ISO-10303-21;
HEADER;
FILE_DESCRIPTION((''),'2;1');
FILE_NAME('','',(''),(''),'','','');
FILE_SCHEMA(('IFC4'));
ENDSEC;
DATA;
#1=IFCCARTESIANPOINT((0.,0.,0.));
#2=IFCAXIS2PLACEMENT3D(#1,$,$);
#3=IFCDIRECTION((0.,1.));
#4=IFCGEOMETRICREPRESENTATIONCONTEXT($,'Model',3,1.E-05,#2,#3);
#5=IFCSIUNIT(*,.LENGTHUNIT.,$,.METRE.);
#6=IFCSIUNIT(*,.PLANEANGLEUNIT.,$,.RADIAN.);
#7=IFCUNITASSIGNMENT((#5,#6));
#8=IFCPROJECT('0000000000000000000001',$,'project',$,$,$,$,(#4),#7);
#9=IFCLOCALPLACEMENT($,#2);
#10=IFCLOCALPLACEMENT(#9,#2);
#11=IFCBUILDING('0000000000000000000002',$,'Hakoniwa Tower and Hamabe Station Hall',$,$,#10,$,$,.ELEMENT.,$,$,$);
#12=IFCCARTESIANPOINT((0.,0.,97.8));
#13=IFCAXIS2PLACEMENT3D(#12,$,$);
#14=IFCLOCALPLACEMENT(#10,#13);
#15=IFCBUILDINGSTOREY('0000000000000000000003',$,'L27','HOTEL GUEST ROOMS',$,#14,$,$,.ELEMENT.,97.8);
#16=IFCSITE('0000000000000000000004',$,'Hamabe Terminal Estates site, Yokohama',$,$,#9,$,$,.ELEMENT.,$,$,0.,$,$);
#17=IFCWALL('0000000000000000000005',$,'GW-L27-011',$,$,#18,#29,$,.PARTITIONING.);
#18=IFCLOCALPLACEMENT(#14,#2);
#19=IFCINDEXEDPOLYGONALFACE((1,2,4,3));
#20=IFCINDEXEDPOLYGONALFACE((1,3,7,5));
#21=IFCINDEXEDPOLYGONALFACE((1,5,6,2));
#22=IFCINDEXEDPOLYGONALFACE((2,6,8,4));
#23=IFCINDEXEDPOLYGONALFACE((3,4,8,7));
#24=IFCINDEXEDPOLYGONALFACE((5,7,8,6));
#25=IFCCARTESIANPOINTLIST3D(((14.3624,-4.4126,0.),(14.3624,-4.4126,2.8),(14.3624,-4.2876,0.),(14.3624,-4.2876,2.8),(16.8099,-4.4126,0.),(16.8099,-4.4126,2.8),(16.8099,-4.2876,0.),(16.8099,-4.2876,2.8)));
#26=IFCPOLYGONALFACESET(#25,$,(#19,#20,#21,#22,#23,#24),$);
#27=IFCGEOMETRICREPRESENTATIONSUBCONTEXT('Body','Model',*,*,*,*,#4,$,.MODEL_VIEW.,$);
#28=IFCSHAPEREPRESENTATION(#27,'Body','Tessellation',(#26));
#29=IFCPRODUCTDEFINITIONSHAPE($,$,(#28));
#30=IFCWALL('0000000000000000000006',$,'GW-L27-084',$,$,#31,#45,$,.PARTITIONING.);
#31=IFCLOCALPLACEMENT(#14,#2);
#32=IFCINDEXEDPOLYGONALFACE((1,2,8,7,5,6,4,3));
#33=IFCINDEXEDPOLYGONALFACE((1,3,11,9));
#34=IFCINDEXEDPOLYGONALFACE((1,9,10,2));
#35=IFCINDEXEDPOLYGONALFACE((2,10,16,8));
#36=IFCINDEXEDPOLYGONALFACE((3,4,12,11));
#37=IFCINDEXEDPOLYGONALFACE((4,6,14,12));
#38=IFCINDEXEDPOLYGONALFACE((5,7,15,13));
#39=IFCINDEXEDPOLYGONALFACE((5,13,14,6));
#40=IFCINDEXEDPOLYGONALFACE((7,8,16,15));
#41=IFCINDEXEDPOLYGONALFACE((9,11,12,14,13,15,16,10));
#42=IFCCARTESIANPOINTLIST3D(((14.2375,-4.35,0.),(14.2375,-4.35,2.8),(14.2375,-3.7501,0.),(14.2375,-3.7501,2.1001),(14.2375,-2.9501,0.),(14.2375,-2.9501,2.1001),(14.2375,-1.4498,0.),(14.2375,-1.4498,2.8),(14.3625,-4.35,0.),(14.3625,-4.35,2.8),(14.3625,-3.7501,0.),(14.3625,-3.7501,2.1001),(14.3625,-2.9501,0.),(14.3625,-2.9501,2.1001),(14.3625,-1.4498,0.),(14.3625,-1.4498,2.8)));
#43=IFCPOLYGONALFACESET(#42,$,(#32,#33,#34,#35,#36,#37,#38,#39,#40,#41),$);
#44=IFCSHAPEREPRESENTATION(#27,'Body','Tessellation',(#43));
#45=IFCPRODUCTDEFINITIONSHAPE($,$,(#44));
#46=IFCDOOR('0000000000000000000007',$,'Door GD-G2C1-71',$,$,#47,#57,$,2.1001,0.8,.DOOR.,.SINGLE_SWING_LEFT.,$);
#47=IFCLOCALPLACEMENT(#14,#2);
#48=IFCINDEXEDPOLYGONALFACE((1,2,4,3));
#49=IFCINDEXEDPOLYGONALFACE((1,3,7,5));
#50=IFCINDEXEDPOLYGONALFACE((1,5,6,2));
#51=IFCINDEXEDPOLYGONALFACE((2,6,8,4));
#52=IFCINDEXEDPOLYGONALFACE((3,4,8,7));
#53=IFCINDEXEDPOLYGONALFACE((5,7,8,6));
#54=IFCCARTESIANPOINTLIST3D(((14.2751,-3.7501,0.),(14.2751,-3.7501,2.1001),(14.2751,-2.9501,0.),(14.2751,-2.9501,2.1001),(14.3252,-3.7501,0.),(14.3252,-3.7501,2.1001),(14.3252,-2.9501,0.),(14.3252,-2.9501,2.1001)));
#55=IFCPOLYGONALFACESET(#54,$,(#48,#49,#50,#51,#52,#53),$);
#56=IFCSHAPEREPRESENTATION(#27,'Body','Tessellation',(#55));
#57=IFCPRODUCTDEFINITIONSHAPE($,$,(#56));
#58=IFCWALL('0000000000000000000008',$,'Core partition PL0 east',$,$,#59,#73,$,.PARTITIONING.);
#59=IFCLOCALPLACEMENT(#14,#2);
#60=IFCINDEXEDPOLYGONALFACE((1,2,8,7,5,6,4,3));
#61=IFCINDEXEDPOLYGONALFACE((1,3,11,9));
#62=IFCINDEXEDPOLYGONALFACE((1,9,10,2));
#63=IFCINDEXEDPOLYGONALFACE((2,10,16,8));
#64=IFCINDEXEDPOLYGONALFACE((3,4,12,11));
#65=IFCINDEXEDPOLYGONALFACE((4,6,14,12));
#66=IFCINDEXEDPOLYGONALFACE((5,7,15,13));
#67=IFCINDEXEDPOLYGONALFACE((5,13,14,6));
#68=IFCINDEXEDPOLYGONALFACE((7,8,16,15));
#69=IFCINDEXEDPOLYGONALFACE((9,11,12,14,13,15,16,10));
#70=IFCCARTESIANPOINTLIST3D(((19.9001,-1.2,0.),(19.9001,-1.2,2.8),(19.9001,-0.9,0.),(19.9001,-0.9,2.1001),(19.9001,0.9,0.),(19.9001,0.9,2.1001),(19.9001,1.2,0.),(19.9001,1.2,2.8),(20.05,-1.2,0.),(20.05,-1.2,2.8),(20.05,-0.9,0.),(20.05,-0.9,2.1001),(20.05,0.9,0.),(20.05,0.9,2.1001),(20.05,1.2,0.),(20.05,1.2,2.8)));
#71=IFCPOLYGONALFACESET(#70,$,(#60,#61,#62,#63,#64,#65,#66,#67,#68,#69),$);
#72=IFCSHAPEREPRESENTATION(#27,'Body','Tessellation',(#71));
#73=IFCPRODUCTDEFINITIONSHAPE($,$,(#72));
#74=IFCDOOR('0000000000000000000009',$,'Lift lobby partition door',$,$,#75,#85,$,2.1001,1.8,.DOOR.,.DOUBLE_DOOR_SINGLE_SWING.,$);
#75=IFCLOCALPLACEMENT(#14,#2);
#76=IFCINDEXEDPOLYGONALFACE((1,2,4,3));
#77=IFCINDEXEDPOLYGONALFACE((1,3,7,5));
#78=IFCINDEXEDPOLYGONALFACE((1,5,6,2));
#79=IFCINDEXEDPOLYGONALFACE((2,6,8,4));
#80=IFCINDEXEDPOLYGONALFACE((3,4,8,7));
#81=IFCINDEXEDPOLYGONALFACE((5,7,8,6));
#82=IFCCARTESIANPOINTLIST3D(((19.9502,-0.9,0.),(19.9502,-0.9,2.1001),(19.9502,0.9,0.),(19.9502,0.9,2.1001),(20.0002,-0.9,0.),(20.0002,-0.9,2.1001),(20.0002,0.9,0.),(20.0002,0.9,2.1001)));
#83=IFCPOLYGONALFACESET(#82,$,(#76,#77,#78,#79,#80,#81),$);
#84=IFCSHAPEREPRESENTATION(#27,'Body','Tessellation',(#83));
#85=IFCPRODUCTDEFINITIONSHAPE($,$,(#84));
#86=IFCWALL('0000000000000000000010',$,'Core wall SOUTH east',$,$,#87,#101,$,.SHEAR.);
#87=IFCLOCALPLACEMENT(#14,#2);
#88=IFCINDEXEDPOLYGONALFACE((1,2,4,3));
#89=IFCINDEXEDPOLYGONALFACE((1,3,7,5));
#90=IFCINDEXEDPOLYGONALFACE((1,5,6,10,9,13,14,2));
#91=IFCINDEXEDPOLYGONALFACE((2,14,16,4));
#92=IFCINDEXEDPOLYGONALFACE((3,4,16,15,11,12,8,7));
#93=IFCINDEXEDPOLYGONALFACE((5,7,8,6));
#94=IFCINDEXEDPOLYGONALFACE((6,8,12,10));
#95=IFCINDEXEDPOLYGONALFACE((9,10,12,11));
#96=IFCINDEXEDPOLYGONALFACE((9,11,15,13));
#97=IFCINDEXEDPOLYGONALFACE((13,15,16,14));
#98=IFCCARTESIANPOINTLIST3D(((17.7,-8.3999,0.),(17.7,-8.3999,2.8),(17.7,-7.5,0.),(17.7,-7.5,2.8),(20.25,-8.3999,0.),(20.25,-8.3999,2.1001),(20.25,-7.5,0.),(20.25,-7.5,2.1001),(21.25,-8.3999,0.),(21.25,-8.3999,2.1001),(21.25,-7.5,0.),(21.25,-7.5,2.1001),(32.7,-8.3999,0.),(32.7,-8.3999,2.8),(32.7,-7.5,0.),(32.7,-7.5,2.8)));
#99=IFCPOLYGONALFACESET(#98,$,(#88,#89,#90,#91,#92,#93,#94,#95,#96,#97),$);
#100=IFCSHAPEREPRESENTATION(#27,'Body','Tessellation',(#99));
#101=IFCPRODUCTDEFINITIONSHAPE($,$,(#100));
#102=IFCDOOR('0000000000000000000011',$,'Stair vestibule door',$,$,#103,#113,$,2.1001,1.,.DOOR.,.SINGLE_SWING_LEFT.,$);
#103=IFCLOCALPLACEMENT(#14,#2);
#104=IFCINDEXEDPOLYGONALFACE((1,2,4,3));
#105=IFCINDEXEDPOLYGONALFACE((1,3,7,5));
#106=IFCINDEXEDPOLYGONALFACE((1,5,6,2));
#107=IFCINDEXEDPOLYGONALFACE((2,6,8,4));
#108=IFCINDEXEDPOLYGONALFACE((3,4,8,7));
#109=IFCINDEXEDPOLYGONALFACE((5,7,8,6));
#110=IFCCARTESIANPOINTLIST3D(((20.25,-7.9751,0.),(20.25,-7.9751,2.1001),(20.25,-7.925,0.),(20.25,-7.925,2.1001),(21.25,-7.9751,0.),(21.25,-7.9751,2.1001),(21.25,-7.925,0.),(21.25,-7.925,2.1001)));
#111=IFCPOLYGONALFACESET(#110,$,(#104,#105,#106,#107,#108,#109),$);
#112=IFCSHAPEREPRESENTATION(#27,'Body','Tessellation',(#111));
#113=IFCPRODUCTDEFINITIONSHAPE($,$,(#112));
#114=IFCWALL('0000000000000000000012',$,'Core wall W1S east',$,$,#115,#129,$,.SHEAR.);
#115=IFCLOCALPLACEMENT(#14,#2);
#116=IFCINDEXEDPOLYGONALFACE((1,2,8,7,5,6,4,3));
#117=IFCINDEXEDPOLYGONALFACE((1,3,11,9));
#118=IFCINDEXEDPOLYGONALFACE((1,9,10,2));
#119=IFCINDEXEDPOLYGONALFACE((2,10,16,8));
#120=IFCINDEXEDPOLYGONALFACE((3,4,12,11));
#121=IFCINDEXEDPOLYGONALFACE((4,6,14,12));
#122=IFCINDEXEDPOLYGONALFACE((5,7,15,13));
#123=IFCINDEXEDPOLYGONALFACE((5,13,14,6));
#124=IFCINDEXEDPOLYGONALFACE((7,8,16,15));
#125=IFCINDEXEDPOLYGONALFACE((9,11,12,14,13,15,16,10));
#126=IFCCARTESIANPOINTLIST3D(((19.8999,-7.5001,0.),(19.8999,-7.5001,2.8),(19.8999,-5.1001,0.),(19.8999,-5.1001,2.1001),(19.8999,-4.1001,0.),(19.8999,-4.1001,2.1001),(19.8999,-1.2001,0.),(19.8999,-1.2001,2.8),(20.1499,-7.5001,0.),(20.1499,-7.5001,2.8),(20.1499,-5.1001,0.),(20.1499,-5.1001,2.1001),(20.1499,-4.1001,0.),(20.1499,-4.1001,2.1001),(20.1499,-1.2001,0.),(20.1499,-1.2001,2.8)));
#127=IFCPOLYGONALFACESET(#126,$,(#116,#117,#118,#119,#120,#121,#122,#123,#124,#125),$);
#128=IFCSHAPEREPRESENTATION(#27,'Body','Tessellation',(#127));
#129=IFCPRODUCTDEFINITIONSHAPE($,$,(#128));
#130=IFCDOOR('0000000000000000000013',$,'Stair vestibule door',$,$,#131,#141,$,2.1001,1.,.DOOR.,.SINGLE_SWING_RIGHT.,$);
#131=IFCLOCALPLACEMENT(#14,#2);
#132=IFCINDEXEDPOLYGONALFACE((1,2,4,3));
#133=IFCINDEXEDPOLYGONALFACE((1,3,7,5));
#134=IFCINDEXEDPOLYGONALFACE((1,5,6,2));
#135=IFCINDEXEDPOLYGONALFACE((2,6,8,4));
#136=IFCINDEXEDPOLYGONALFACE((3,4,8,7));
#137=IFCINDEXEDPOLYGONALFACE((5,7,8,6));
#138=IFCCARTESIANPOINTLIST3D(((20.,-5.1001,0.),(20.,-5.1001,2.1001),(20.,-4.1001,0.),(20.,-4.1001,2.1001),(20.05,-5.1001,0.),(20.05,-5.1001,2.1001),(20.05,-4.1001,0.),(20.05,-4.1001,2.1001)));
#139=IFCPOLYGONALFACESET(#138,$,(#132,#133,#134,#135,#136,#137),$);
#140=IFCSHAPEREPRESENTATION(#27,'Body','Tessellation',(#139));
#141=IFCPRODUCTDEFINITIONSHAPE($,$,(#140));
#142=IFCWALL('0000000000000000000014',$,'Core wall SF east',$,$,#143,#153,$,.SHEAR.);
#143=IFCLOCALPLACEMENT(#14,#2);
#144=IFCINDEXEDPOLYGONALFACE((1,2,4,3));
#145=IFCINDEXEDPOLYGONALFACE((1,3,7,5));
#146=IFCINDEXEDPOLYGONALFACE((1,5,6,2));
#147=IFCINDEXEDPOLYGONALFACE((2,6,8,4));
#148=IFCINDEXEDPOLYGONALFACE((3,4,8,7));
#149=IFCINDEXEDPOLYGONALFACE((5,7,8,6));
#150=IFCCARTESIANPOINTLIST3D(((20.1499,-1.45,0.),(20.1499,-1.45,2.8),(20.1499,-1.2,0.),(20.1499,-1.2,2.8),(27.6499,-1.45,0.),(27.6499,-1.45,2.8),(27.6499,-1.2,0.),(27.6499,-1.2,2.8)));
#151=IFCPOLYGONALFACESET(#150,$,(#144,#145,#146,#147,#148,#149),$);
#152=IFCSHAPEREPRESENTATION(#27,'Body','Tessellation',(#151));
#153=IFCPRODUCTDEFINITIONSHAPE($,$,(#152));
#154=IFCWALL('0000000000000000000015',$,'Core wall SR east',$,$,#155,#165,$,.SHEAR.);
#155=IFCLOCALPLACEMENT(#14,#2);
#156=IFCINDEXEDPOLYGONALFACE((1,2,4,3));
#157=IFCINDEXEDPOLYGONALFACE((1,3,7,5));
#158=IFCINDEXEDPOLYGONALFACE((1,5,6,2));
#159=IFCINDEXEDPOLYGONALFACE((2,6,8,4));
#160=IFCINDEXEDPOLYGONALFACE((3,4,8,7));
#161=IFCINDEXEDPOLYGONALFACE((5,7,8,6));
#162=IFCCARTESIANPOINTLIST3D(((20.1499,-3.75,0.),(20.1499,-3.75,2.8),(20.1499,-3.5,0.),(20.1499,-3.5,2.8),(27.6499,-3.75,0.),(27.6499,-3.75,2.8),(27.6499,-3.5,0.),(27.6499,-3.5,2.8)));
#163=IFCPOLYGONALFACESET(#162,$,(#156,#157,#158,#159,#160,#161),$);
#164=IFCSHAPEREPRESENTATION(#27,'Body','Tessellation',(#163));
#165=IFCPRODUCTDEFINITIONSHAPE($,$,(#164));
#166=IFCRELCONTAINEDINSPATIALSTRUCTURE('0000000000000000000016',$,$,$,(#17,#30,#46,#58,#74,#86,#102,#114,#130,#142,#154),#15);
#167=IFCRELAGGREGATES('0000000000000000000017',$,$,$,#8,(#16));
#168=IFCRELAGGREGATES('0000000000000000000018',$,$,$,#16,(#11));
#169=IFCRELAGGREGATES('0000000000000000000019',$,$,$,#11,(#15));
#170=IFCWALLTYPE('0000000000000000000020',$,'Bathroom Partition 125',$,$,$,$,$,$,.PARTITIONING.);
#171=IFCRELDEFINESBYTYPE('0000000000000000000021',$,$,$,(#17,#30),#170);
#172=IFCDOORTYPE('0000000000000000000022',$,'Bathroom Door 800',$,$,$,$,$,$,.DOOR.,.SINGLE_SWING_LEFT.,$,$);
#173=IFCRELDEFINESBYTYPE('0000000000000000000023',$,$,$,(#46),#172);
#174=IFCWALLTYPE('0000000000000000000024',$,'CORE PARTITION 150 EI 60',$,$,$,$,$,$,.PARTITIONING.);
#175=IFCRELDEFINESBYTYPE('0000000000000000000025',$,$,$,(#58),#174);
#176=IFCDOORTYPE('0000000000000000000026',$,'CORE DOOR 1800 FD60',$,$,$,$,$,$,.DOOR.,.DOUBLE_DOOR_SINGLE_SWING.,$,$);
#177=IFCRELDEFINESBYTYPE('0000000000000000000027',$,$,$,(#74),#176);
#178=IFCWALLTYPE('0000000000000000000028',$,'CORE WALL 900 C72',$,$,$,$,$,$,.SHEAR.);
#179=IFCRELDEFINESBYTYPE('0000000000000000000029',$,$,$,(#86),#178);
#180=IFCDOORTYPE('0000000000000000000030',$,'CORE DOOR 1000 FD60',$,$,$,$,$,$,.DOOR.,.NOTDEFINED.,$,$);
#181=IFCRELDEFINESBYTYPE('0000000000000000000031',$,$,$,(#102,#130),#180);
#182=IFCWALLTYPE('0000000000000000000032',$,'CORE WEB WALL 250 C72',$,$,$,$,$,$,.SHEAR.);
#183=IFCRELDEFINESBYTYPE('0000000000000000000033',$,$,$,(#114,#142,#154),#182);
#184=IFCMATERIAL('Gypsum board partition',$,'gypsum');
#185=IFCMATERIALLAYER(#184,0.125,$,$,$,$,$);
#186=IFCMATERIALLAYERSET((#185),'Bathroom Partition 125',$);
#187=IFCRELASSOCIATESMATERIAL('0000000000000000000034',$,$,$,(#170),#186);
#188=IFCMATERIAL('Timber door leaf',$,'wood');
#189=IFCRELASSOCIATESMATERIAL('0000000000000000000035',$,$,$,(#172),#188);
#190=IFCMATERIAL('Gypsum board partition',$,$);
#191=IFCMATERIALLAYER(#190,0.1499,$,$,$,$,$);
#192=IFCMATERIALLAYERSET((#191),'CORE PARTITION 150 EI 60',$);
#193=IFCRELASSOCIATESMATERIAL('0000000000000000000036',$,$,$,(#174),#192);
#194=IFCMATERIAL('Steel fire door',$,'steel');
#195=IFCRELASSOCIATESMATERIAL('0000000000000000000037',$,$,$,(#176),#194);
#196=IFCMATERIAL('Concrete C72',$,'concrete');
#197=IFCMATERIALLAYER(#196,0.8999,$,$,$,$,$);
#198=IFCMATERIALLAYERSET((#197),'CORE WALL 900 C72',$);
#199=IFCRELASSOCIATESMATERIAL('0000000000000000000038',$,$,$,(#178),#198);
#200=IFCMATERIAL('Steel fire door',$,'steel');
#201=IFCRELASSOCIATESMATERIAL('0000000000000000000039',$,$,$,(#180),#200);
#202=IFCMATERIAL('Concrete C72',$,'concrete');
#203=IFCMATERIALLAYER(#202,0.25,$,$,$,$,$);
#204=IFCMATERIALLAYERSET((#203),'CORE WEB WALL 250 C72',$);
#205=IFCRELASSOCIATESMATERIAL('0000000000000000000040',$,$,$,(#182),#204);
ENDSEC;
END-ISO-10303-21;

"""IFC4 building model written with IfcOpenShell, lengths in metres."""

from ifc_helpers import new_model, si_unit, direction, frame, frame_2d, origin, place, context, subcontext, project, spatial, rectangle, extrude, material, layer, layer_set, type_object, element, fill, save


model = new_model("IFC4")

# Units and contexts
model_context = context("Model", 3, precision=1e-05, world=origin(), true_north=direction((0.0, 1.0)))
body_context = subcontext(model_context, "Body", "Model", "MODEL_VIEW")
ifc_project = project(units=[si_unit("LENGTHUNIT", "METRE"), si_unit("PLANEANGLEUNIT", "RADIAN")], contexts=[model_context])

# Site, building, storey
site_placement = place(None, origin())
site = spatial("IfcSite", under=ifc_project, at=site_placement, Name="Hamabe Terminal Estates site, Yokohama", CompositionType="ELEMENT", RefElevation=0.0)
building_placement = place(site_placement, origin())
building = spatial("IfcBuilding", under=site, at=building_placement, Name="Hakoniwa Tower and Hamabe Station Hall", CompositionType="ELEMENT")
storey_placement = place(building_placement, frame((0.0, 0.0, 97.8)))
storey = spatial("IfcBuildingStorey", under=building, at=storey_placement, Name="L27", Description="HOTEL GUEST ROOMS", CompositionType="ELEMENT", Elevation=97.8)

# Wall
ifc_material_1 = material(Name="Gypsum board partition", Category="gypsum")
ifc_layer_1 = layer(ifc_material_1, 0.125)
ifc_layer_set_1 = layer_set([ifc_layer_1], Name="Bathroom Partition 125")
wall_type_1 = type_object("IfcWallType", Name="Bathroom Partition 125", PredefinedType="PARTITIONING", material=ifc_layer_set_1)
wall_1_placement = place(storey_placement, frame((14.3625, -4.3501, 0.0), z_axis=(0.0, 0.0, 1.0), x_axis=(1.0, 0.0, 0.0)))
element("IfcWall", 1, at=wall_1_placement, inside=storey, type_object=wall_type_1, Name="GW-L27-011", PredefinedType="PARTITIONING", context=body_context, shape_type="SweptSolid", body=[
    extrude(rectangle(XDim=2.4475, YDim=0.125, at=frame_2d((1.2236, 0.0))), origin(), (0.0, 0.0, 1.0), 2.8),
])

# Walls, openings, doors
wall_2_placement = place(storey_placement, frame((14.3, -4.3501, 0.0), z_axis=(0.0, 0.0, 1.0), x_axis=(0.0, 1.0, 0.0)))
wall_2 = element("IfcWall", 2, at=wall_2_placement, inside=storey, type_object=wall_type_1, Name="GW-L27-084", PredefinedType="PARTITIONING", context=body_context, shape_type="SweptSolid", body=[
    extrude(rectangle(XDim=2.9001, YDim=0.125, at=frame_2d((1.4502, 0.0))), origin(), (0.0, 0.0, 1.0), 2.8),
])
opening_1_placement = place(wall_2_placement, frame((0.6001, 0.0, 0.0)))
opening_1 = element("IfcOpeningElement", 3, at=opening_1_placement, cuts=wall_2, PredefinedType="OPENING", context=body_context, shape_type="SweptSolid", body=[
    extrude(rectangle(XDim=0.8, YDim=2.1001, at=frame_2d((0.3999, 1.05))), frame((0.0, 0.0725, 0.0), z_axis=(0.0, -1.0, 0.0), x_axis=(1.0, 0.0, 0.0)), (0.0, 0.0, 1.0), 0.145),
])
ifc_material_2 = material(Name="Timber door leaf", Category="wood")
door_type_1 = type_object("IfcDoorType", Name="Bathroom Door 800", OperationType="SINGLE_SWING_LEFT", PredefinedType="DOOR", material=ifc_material_2)
door_1_placement = place(opening_1_placement, origin())
door_1 = element("IfcDoor", 4, at=door_1_placement, inside=storey, type_object=door_type_1, Name="Door GD-G2C1-71", OperationType="SINGLE_SWING_LEFT", OverallHeight=2.1001, OverallWidth=0.8, PredefinedType="DOOR", context=body_context, shape_type="SweptSolid", body=[
    extrude(rectangle(XDim=0.8, YDim=2.1001, at=frame_2d((0.3999, 1.05))), frame((0.0, 0.0249, 0.0), z_axis=(0.0, -1.0, 0.0), x_axis=(1.0, 0.0, 0.0)), (0.0, 0.0, 1.0), 0.05),
])
fill(opening_1, door_1)
ifc_material_3 = material(Name="Gypsum board partition")
ifc_layer_2 = layer(ifc_material_3, 0.1499)
ifc_layer_set_2 = layer_set([ifc_layer_2], Name="CORE PARTITION 150 EI 60")
wall_type_2 = type_object("IfcWallType", Name="CORE PARTITION 150 EI 60", PredefinedType="PARTITIONING", material=ifc_layer_set_2)
wall_3_placement = place(storey_placement, frame((19.9751, -1.2, 0.0), z_axis=(0.0, 0.0, 1.0), x_axis=(0.0, 1.0, 0.0)))
wall_3 = element("IfcWall", 5, at=wall_3_placement, inside=storey, type_object=wall_type_2, Name="Core partition PL0 east", PredefinedType="PARTITIONING", context=body_context, shape_type="SweptSolid", body=[
    extrude(rectangle(XDim=2.3999, YDim=0.1499, at=frame_2d((1.2, 0.0))), origin(), (0.0, 0.0, 1.0), 2.8),
])
opening_2_placement = place(wall_3_placement, frame((0.3, 0.0, 0.0)))
opening_2 = element("IfcOpeningElement", 6, at=opening_2_placement, cuts=wall_3, PredefinedType="OPENING", context=body_context, shape_type="SweptSolid", body=[
    extrude(rectangle(XDim=1.8, YDim=2.1001, at=frame_2d((0.8999, 1.05))), frame((0.0, 0.085, 0.0), z_axis=(0.0, -1.0, 0.0), x_axis=(1.0, 0.0, 0.0)), (0.0, 0.0, 1.0), 0.1699),
])
ifc_material_4 = material(Name="Steel fire door", Category="steel")
door_type_2 = type_object("IfcDoorType", Name="CORE DOOR 1800 FD60", OperationType="DOUBLE_DOOR_SINGLE_SWING", PredefinedType="DOOR", material=ifc_material_4)
door_2_placement = place(opening_2_placement, origin())
door_2 = element("IfcDoor", 7, at=door_2_placement, inside=storey, type_object=door_type_2, Name="Lift lobby partition door", OperationType="DOUBLE_DOOR_SINGLE_SWING", OverallHeight=2.1001, OverallWidth=1.8, PredefinedType="DOOR", context=body_context, shape_type="SweptSolid", body=[
    extrude(rectangle(XDim=1.8, YDim=2.1001, at=frame_2d((0.8999, 1.05))), frame((0.0, 0.0249, 0.0), z_axis=(0.0, -1.0, 0.0), x_axis=(1.0, 0.0, 0.0)), (0.0, 0.0, 1.0), 0.05),
])
fill(opening_2, door_2)
ifc_material_5 = material(Name="Concrete C72", Category="concrete")
ifc_layer_3 = layer(ifc_material_5, 0.8999)
ifc_layer_set_3 = layer_set([ifc_layer_3], Name="CORE WALL 900 C72")
wall_type_3 = type_object("IfcWallType", Name="CORE WALL 900 C72", PredefinedType="SHEAR", material=ifc_layer_set_3)
wall_4_placement = place(storey_placement, frame((17.7, -7.95, 0.0), z_axis=(0.0, 0.0, 1.0), x_axis=(1.0, 0.0, 0.0)))
wall_4 = element("IfcWall", 8, at=wall_4_placement, inside=storey, type_object=wall_type_3, Name="Core wall SOUTH east", PredefinedType="SHEAR", context=body_context, shape_type="SweptSolid", body=[
    extrude(rectangle(XDim=15.0, YDim=0.8999, at=frame_2d((7.5, 0.0))), origin(), (0.0, 0.0, 1.0), 2.8),
])
opening_3_placement = place(wall_4_placement, frame((2.55, 0.0, 0.0)))
opening_3 = element("IfcOpeningElement", 9, at=opening_3_placement, cuts=wall_4, PredefinedType="OPENING", context=body_context, shape_type="SweptSolid", body=[
    extrude(rectangle(XDim=1.0, YDim=2.1001, at=frame_2d((0.5, 1.05))), frame((0.0, 0.46, 0.0), z_axis=(0.0, -1.0, 0.0), x_axis=(1.0, 0.0, 0.0)), (0.0, 0.0, 1.0), 0.9199),
])
ifc_material_6 = material(Name="Steel fire door", Category="steel")
door_type_3 = type_object("IfcDoorType", Name="CORE DOOR 1000 FD60", OperationType="NOTDEFINED", PredefinedType="DOOR", material=ifc_material_6)
door_3_placement = place(opening_3_placement, origin())
door_3 = element("IfcDoor", 10, at=door_3_placement, inside=storey, type_object=door_type_3, Name="Stair vestibule door", OperationType="SINGLE_SWING_LEFT", OverallHeight=2.1001, OverallWidth=1.0, PredefinedType="DOOR", context=body_context, shape_type="SweptSolid", body=[
    extrude(rectangle(XDim=1.0, YDim=2.1001, at=frame_2d((0.5, 1.05))), frame((0.0, 0.0249, 0.0), z_axis=(0.0, -1.0, 0.0), x_axis=(1.0, 0.0, 0.0)), (0.0, 0.0, 1.0), 0.05),
])
fill(opening_3, door_3)
ifc_material_7 = material(Name="Concrete C72", Category="concrete")
ifc_layer_4 = layer(ifc_material_7, 0.25)
ifc_layer_set_4 = layer_set([ifc_layer_4], Name="CORE WEB WALL 250 C72")
wall_type_4 = type_object("IfcWallType", Name="CORE WEB WALL 250 C72", PredefinedType="SHEAR", material=ifc_layer_set_4)
wall_5_placement = place(storey_placement, frame((20.0249, -7.5, 0.0), z_axis=(0.0, 0.0, 1.0), x_axis=(0.0, 1.0, 0.0)))
wall_5 = element("IfcWall", 11, at=wall_5_placement, inside=storey, type_object=wall_type_4, Name="Core wall W1S east", PredefinedType="SHEAR", context=body_context, shape_type="SweptSolid", body=[
    extrude(rectangle(XDim=6.3, YDim=0.25, at=frame_2d((3.1499, 0.0))), origin(), (0.0, 0.0, 1.0), 2.8),
])
opening_4_placement = place(wall_5_placement, frame((2.3999, 0.0, 0.0)))
opening_4 = element("IfcOpeningElement", 12, at=opening_4_placement, cuts=wall_5, PredefinedType="OPENING", context=body_context, shape_type="SweptSolid", body=[
    extrude(rectangle(XDim=1.0, YDim=2.1001, at=frame_2d((0.5, 1.05))), frame((0.0, 0.135, 0.0), z_axis=(0.0, -1.0, 0.0), x_axis=(1.0, 0.0, 0.0)), (0.0, 0.0, 1.0), 0.27),
])
door_4_placement = place(opening_4_placement, origin())
door_4 = element("IfcDoor", 13, at=door_4_placement, inside=storey, type_object=door_type_3, Name="Stair vestibule door", OperationType="SINGLE_SWING_RIGHT", OverallHeight=2.1001, OverallWidth=1.0, PredefinedType="DOOR", context=body_context, shape_type="SweptSolid", body=[
    extrude(rectangle(XDim=1.0, YDim=2.1001, at=frame_2d((0.5, 1.05))), frame((0.0, 0.0249, 0.0), z_axis=(0.0, -1.0, 0.0), x_axis=(1.0, 0.0, 0.0)), (0.0, 0.0, 1.0), 0.05),
])
fill(opening_4, door_4)

# Walls
for number, where, z_axis, x_axis, name in (
    (14, (20.1499, -1.325, 0.0), (0.0, 0.0, 1.0), (1.0, 0.0, 0.0), "Core wall SF east"),
    (15, (20.1499, -3.625, 0.0), (0.0, 0.0, 1.0), (1.0, 0.0, 0.0), "Core wall SR east"),
):
    element("IfcWall", number, at=place(storey_placement, frame(where, z_axis=z_axis, x_axis=x_axis)), inside=storey, type_object=wall_type_4, Name=name, PredefinedType="SHEAR", context=body_context, shape_type="SweptSolid", body=[
        extrude(rectangle(XDim=7.5, YDim=0.25, at=frame_2d((3.75, 0.0))), origin(), (0.0, 0.0, 1.0), 2.8),
    ])

save(model, "model.ifc")
